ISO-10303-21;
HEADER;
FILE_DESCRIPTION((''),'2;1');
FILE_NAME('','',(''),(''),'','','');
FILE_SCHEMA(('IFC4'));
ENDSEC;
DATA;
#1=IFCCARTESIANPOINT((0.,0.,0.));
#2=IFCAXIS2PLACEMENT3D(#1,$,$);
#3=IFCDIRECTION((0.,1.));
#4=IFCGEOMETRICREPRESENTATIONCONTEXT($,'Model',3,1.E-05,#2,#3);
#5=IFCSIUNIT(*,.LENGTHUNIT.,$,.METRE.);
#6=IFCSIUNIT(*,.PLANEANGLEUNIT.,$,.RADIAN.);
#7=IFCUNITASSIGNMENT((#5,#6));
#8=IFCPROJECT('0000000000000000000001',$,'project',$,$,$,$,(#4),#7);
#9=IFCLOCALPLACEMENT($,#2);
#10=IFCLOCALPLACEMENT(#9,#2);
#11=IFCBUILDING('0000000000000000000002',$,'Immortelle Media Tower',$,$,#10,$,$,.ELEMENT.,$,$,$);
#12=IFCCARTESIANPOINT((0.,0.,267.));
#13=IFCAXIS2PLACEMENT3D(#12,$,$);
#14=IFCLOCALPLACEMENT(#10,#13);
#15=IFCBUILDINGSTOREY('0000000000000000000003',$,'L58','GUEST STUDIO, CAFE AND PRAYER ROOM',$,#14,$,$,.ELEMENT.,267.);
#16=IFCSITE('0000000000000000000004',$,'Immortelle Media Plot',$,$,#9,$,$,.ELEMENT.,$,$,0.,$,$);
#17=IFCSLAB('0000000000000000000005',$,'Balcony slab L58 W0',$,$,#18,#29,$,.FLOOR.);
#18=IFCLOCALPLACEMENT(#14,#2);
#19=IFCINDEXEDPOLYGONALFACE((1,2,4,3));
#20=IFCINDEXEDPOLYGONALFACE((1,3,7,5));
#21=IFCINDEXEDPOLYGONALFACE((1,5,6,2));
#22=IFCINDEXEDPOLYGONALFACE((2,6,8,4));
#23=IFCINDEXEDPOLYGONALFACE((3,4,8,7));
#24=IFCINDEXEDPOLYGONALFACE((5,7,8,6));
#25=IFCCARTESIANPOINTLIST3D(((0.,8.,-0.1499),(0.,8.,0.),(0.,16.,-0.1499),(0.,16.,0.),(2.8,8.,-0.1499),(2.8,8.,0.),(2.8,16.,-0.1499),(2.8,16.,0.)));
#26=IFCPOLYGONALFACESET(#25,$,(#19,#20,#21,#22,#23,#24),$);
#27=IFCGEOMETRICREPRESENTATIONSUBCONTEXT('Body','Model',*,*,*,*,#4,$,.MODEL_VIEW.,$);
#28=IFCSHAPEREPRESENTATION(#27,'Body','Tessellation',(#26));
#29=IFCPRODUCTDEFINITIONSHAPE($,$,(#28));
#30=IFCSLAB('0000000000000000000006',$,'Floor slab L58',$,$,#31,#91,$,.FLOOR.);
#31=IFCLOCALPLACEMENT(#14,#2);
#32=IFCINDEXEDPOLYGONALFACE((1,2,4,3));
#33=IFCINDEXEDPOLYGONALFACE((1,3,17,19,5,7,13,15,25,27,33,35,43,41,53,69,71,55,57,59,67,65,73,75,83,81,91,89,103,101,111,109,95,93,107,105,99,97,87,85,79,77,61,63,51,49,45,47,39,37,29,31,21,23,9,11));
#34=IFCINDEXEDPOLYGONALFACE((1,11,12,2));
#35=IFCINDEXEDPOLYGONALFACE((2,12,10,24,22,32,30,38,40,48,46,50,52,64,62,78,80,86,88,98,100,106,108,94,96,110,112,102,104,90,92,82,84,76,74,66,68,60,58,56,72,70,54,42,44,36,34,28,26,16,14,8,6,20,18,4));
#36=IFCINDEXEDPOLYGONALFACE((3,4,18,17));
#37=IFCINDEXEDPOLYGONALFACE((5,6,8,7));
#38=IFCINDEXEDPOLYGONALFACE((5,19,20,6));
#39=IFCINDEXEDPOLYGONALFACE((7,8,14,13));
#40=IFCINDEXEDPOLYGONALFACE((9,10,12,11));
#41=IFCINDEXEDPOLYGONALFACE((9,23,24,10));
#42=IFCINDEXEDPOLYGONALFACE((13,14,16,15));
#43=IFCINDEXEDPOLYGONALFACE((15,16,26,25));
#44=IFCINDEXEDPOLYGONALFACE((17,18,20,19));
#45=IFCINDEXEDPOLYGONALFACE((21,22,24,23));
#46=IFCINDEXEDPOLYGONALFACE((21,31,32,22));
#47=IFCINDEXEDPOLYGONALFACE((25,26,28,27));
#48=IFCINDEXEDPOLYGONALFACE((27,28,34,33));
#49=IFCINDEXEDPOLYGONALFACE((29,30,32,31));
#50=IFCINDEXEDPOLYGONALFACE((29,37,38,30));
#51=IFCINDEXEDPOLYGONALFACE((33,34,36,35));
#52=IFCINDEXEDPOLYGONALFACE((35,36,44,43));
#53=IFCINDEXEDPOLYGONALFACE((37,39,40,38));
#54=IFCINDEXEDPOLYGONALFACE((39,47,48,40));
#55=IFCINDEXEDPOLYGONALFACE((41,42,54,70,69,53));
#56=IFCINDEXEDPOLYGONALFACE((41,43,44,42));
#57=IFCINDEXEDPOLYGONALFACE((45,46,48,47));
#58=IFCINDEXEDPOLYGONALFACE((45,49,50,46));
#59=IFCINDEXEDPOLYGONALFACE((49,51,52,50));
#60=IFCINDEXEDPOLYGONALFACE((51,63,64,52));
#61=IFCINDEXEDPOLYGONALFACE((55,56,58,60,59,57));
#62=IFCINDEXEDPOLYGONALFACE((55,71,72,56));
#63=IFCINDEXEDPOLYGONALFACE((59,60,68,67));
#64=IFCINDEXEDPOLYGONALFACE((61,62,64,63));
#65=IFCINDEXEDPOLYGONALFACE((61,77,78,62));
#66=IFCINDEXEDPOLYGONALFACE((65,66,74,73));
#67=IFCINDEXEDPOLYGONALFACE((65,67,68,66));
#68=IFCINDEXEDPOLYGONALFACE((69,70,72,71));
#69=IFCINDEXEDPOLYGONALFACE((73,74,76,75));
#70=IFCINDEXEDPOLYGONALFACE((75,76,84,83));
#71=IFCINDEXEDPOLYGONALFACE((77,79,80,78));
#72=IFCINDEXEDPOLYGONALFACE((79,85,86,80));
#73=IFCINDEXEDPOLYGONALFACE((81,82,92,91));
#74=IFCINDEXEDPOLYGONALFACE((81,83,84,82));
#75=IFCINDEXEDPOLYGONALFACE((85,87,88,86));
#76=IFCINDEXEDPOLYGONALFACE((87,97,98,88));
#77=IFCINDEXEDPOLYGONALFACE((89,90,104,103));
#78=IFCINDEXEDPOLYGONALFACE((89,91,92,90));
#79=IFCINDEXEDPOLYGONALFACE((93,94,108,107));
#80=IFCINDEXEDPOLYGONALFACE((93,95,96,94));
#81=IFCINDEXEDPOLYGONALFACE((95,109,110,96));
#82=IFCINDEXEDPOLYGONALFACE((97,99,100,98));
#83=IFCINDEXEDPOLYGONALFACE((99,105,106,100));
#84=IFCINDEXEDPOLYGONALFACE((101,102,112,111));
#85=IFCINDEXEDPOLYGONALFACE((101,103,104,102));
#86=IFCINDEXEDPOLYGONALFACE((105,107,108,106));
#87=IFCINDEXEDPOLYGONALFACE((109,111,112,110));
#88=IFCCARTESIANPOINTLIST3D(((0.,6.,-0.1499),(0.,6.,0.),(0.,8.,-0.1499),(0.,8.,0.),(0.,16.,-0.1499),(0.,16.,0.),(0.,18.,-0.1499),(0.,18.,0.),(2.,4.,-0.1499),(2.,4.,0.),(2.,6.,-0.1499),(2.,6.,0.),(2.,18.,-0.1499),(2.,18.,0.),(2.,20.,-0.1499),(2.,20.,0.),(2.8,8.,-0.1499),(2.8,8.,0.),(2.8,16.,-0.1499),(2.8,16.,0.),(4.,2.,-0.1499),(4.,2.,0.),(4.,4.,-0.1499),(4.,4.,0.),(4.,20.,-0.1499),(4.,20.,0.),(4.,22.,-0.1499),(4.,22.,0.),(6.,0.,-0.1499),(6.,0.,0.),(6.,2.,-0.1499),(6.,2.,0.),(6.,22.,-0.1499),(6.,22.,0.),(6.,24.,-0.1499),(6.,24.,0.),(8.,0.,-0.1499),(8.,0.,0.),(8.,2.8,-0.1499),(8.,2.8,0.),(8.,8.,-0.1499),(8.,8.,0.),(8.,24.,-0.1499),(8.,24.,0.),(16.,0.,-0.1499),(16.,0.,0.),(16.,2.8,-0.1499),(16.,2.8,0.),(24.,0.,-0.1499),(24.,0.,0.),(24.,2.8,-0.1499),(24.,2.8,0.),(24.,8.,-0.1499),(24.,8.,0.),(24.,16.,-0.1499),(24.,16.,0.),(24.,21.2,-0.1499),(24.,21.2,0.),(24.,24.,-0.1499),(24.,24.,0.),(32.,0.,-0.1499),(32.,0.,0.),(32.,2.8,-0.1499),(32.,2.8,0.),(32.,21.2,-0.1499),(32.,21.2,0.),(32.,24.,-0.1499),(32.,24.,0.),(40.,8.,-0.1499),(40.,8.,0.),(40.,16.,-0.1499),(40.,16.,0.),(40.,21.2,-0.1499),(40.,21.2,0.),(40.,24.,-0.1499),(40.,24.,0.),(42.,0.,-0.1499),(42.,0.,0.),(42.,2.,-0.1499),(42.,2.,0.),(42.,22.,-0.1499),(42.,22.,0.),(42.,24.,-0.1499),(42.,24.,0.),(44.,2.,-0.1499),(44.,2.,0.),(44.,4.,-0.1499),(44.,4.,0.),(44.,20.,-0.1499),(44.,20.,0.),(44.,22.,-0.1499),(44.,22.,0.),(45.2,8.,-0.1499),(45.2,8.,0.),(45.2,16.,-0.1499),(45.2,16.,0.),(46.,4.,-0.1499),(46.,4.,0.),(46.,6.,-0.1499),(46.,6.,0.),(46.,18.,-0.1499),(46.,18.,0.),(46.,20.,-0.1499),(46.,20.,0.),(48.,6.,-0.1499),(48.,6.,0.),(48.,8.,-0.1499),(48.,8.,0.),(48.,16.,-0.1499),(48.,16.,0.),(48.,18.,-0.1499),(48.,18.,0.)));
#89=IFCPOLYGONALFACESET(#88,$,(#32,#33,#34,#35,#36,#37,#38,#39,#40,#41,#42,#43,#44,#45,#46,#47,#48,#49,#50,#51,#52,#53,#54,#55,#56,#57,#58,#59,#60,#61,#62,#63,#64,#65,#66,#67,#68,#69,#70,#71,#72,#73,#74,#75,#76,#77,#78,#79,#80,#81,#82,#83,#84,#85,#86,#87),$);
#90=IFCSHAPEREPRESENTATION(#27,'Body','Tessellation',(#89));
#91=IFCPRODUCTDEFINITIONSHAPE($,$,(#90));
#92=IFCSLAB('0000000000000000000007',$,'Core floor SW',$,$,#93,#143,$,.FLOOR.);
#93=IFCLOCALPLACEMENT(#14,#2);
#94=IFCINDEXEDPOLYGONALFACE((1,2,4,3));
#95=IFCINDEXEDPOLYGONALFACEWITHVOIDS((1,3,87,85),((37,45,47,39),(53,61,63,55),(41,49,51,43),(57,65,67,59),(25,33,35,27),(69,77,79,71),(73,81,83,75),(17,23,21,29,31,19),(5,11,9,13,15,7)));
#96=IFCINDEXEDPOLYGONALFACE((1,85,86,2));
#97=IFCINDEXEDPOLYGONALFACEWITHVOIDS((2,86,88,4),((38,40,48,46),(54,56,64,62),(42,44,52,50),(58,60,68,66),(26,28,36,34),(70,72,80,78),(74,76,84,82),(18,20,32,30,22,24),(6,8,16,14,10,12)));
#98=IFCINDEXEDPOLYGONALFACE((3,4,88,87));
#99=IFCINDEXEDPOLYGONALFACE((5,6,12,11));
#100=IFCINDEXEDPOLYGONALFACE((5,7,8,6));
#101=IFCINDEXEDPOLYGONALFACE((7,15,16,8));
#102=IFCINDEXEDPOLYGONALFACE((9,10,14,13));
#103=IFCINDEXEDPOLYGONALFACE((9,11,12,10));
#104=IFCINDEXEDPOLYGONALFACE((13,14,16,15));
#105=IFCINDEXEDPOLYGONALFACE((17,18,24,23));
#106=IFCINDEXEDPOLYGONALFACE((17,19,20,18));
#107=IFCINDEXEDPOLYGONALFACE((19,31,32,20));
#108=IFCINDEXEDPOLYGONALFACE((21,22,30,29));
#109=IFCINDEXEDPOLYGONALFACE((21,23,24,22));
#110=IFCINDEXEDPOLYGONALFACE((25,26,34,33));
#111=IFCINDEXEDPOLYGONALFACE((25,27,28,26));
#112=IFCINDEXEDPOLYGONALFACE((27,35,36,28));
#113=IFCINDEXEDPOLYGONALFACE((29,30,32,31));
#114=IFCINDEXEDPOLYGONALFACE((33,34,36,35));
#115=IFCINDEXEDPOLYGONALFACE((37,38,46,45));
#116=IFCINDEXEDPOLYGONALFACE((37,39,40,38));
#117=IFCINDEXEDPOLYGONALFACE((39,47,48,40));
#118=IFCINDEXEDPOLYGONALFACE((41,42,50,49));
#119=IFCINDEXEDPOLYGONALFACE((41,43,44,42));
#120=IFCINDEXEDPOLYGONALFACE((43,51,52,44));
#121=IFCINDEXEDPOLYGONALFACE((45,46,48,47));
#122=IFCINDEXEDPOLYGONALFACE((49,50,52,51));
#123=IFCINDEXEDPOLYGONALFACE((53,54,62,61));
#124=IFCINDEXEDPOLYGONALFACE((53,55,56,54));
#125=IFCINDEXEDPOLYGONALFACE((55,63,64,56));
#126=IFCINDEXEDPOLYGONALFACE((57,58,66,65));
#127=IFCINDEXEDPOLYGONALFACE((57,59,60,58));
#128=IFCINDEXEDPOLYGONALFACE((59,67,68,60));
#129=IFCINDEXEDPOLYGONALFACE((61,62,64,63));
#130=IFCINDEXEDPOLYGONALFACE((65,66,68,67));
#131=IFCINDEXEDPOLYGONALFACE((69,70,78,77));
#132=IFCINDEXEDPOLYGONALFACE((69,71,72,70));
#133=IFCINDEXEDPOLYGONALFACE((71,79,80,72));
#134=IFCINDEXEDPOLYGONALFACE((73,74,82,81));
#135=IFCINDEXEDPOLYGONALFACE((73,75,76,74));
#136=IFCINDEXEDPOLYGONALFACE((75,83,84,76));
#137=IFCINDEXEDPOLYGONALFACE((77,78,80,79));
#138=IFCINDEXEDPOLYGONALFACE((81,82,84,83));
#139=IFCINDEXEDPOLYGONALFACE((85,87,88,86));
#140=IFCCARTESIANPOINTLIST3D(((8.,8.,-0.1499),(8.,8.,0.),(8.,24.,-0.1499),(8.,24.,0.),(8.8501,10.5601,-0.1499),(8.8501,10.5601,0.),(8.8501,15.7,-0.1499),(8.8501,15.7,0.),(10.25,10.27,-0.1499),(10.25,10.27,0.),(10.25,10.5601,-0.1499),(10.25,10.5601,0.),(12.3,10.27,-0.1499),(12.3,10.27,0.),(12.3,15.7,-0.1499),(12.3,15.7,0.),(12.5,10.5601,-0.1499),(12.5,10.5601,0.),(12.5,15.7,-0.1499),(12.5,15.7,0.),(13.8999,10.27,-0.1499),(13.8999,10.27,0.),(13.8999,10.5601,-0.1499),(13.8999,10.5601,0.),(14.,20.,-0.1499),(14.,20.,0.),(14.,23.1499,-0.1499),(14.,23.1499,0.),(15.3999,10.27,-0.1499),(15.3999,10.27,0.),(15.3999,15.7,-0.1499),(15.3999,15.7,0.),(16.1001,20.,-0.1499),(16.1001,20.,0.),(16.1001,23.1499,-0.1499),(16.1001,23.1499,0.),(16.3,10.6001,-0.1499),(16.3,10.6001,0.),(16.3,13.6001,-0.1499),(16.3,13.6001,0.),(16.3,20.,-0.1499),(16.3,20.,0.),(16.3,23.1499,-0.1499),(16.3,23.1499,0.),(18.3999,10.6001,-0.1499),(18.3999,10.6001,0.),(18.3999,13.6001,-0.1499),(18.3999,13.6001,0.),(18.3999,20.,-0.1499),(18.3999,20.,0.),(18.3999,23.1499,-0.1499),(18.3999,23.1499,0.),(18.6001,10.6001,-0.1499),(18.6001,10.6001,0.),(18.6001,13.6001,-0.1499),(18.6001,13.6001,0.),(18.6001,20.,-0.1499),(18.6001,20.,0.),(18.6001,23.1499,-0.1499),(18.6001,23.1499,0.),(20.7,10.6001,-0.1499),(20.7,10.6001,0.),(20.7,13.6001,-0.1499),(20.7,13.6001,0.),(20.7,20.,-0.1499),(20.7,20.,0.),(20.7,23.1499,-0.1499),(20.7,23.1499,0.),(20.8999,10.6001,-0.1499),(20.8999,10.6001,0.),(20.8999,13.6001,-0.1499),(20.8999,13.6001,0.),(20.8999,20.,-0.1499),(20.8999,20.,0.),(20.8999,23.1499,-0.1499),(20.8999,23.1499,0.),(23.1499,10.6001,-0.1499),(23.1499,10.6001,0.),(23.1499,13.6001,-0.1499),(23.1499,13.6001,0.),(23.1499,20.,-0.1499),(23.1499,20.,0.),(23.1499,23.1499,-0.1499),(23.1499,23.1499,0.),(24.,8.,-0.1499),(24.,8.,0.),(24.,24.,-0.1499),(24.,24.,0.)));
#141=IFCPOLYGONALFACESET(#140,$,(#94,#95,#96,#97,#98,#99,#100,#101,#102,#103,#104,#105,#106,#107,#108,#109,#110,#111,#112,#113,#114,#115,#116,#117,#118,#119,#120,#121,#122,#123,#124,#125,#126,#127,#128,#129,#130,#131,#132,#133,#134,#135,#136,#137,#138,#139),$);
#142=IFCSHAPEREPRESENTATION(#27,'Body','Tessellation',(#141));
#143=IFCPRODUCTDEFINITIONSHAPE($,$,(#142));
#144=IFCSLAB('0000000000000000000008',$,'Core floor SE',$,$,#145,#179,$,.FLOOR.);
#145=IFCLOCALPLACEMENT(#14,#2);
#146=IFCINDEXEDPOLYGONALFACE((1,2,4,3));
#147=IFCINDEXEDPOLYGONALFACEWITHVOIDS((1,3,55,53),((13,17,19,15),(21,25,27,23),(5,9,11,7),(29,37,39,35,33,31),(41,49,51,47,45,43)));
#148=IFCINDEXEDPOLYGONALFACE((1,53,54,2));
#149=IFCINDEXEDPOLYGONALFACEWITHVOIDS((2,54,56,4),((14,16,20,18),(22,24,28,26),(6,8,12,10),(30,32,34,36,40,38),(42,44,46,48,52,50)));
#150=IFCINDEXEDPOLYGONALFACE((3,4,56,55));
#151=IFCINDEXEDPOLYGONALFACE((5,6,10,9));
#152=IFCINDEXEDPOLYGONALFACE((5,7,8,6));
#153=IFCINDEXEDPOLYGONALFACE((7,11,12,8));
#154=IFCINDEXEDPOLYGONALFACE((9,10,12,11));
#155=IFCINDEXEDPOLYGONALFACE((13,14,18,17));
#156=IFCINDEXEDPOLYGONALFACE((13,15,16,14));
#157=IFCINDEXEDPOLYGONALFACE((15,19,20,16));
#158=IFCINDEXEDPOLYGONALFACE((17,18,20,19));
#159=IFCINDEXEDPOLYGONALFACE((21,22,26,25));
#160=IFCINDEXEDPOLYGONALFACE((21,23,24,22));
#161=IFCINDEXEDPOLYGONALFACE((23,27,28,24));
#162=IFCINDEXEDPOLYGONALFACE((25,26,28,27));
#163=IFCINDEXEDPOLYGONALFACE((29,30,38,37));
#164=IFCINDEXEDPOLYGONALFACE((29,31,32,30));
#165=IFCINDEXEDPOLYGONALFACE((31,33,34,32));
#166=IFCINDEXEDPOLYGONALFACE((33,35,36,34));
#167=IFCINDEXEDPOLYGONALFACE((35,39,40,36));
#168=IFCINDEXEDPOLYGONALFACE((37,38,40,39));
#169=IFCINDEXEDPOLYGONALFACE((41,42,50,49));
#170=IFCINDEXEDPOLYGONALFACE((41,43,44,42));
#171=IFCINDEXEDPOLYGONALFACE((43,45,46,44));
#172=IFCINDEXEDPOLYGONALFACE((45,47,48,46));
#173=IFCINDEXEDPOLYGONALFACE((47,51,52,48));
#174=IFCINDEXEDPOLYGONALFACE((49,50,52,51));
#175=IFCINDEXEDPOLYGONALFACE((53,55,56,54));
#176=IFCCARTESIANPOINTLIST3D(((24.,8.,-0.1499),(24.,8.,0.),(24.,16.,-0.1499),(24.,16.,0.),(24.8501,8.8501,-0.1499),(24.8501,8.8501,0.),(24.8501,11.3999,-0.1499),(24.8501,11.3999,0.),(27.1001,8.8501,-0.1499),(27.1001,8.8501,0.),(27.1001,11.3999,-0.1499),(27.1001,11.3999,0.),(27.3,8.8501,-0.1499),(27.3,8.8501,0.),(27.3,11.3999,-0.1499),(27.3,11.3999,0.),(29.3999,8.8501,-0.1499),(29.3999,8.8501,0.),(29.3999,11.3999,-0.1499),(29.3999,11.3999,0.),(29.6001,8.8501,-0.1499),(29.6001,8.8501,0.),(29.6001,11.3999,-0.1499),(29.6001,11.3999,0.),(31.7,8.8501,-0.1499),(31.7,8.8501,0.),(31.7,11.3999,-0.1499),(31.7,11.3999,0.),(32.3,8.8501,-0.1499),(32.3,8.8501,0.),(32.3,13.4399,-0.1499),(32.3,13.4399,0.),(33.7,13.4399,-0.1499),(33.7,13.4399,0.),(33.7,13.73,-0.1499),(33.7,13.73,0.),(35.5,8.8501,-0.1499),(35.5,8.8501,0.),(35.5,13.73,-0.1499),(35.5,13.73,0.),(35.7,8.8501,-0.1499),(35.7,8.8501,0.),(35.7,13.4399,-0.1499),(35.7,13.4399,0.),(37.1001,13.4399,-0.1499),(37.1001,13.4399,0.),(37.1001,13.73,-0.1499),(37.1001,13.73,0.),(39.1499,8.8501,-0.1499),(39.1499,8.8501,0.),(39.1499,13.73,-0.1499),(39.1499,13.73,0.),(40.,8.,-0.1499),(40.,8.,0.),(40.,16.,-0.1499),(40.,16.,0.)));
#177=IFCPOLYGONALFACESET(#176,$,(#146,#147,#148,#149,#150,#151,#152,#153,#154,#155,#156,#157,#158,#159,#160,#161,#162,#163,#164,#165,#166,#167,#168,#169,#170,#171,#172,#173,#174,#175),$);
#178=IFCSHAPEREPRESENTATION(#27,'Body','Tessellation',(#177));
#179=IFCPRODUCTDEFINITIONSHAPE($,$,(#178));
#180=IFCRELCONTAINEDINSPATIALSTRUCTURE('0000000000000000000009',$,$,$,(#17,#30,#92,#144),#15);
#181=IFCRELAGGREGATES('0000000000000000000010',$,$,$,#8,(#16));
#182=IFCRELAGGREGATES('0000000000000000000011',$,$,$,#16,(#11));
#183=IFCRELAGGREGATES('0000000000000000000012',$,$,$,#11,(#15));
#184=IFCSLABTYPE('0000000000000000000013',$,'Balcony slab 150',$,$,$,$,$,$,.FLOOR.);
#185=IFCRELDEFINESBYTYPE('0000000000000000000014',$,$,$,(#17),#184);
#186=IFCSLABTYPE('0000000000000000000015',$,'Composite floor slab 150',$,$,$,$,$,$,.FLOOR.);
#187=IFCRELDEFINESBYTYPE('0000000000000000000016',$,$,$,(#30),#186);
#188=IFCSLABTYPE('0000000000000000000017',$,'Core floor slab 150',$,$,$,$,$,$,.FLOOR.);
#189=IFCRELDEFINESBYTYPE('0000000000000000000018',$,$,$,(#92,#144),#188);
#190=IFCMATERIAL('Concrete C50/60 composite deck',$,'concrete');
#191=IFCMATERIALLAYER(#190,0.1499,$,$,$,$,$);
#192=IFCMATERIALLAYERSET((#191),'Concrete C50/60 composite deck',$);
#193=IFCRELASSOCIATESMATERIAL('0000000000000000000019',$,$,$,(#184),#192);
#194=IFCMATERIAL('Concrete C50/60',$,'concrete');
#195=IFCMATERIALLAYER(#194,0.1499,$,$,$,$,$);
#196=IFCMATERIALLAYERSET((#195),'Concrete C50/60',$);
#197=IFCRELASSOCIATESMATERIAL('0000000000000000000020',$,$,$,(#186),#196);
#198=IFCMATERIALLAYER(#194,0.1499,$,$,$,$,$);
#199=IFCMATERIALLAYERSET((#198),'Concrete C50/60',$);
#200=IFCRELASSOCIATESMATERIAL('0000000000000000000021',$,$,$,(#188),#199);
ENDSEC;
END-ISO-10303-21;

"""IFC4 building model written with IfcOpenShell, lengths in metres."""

from ifc_helpers import new_model, si_unit, direction, frame, origin, place, context, subcontext, project, spatial, polyline, outline, extrude, material, layer, layer_set, type_object, element, save


model = new_model("IFC4")

# Units and contexts
model_context = context("Model", 3, precision=1e-05, world=origin(), true_north=direction((0.0, 1.0)))
body_context = subcontext(model_context, "Body", "Model", "MODEL_VIEW")
ifc_project = project(units=[si_unit("LENGTHUNIT", "METRE"), si_unit("PLANEANGLEUNIT", "RADIAN")], contexts=[model_context])

# Site, building, storey
site_placement = place(None, origin())
site = spatial("IfcSite", under=ifc_project, at=site_placement, Name="Immortelle Media Plot", CompositionType="ELEMENT", RefElevation=0.0)
building_placement = place(site_placement, origin())
building = spatial("IfcBuilding", under=site, at=building_placement, Name="Immortelle Media Tower", CompositionType="ELEMENT")
storey_placement = place(building_placement, frame((0.0, 0.0, 267.0)))
storey = spatial("IfcBuildingStorey", under=building, at=storey_placement, Name="L58", Description="GUEST STUDIO, CAFE AND PRAYER ROOM", CompositionType="ELEMENT", Elevation=267.0)

# Slabs
ifc_material_1 = material(Name="Concrete C50/60 composite deck", Category="concrete")
ifc_layer_1 = layer(ifc_material_1, 0.1499)
ifc_layer_set_1 = layer_set([ifc_layer_1], Name="Concrete C50/60 composite deck")
slab_type_1 = type_object("IfcSlabType", Name="Balcony slab 150", PredefinedType="FLOOR", material=ifc_layer_set_1)
slab_1_placement = place(storey_placement, frame((0.0, 0.0, -0.1499)))
element("IfcSlab", 1, at=slab_1_placement, inside=storey, type_object=slab_type_1, Name="Balcony slab L58 W0", PredefinedType="FLOOR", context=body_context, shape_type="SweptSolid", body=[
    extrude(outline(polyline([(2.8, 8.0), (2.8, 16.0), (0.0, 16.0), (0.0, 8.0), (2.8, 8.0)])), origin(), (0.0, 0.0, 1.0), 0.1499),
])
ifc_material_2 = material(Name="Concrete C50/60", Category="concrete")
ifc_layer_2 = layer(ifc_material_2, 0.1499)
ifc_layer_set_2 = layer_set([ifc_layer_2], Name="Concrete C50/60")
slab_type_2 = type_object("IfcSlabType", Name="Composite floor slab 150", PredefinedType="FLOOR", material=ifc_layer_set_2)
slab_2_placement = place(storey_placement, frame((0.0, 0.0, -0.1499)))
element("IfcSlab", 2, at=slab_2_placement, inside=storey, type_object=slab_type_2, Name="Floor slab L58", PredefinedType="FLOOR", context=body_context, shape_type="SweptSolid", body=[
    extrude(outline(polyline([(6.0, 0.0), (6.0, 2.0), (4.0, 2.0), (4.0, 4.0), (2.0, 4.0), (2.0, 6.0), (0.0, 6.0), (0.0, 8.0), (2.8, 8.0), (2.8, 16.0), (0.0, 16.0), (0.0, 18.0), (2.0, 18.0), (2.0, 20.0), (4.0, 20.0), (4.0, 22.0), (6.0, 22.0), (6.0, 24.0), (8.0, 24.0), (8.0, 8.0), (24.0, 8.0), (40.0, 8.0), (40.0, 16.0), (24.0, 16.0), (24.0, 21.2), (24.0, 24.0), (32.0, 24.0), (32.0, 21.2), (40.0, 21.2), (40.0, 24.0), (42.0, 24.0), (42.0, 22.0), (44.0, 22.0), (44.0, 20.0), (46.0, 20.0), (46.0, 18.0), (48.0, 18.0), (48.0, 16.0), (45.2, 16.0), (45.2, 8.0), (48.0, 8.0), (48.0, 6.0), (46.0, 6.0), (46.0, 4.0), (44.0, 4.0), (44.0, 2.0), (42.0, 2.0), (42.0, 0.0), (32.0, 0.0), (32.0, 2.8), (24.0, 2.8), (24.0, 0.0), (16.0, 0.0), (16.0, 2.8), (8.0, 2.8), (8.0, 0.0), (6.0, 0.0)])), origin(), (0.0, 0.0, 1.0), 0.1499),
])
ifc_layer_3 = layer(ifc_material_2, 0.1499)
ifc_layer_set_3 = layer_set([ifc_layer_3], Name="Concrete C50/60")
slab_type_3 = type_object("IfcSlabType", Name="Core floor slab 150", PredefinedType="FLOOR", material=ifc_layer_set_3)
slab_3_placement = place(storey_placement, frame((0.0, 0.0, -0.1499)))
element("IfcSlab", 3, at=slab_3_placement, inside=storey, type_object=slab_type_3, Name="Core floor SW", PredefinedType="FLOOR", context=body_context, shape_type="SweptSolid", body=[
    extrude(outline(polyline([(8.0, 8.0), (24.0, 8.0), (24.0, 24.0), (8.0, 24.0), (8.0, 8.0)]), holes=[polyline([(14.0, 20.0), (16.1001, 20.0), (16.1001, 23.1499), (14.0, 23.1499), (14.0, 20.0)]), polyline([(16.3, 20.0), (18.3999, 20.0), (18.3999, 23.1499), (16.3, 23.1499), (16.3, 20.0)]), polyline([(18.6001, 20.0), (20.7, 20.0), (20.7, 23.1499), (18.6001, 23.1499), (18.6001, 20.0)]), polyline([(20.8999, 20.0), (23.1499, 20.0), (23.1499, 23.1499), (20.8999, 23.1499), (20.8999, 20.0)]), polyline([(16.3, 10.6001), (18.3999, 10.6001), (18.3999, 13.6001), (16.3, 13.6001), (16.3, 10.6001)]), polyline([(18.6001, 10.6001), (20.7, 10.6001), (20.7, 13.6001), (18.6001, 13.6001), (18.6001, 10.6001)]), polyline([(20.8999, 10.6001), (23.1499, 10.6001), (23.1499, 13.6001), (20.8999, 13.6001), (20.8999, 10.6001)]), polyline([(8.8501, 15.7), (12.3, 15.7), (12.3, 10.27), (10.25, 10.27), (10.25, 10.5601), (8.8501, 10.5601), (8.8501, 15.7)]), polyline([(12.5, 15.7), (15.3999, 15.7), (15.3999, 10.27), (13.8999, 10.27), (13.8999, 10.5601), (12.5, 10.5601), (12.5, 15.7)])]), origin(), (0.0, 0.0, 1.0), 0.1499),
])
slab_4_placement = place(storey_placement, frame((0.0, 0.0, -0.1499)))
element("IfcSlab", 4, at=slab_4_placement, inside=storey, type_object=slab_type_3, Name="Core floor SE", PredefinedType="FLOOR", context=body_context, shape_type="SweptSolid", body=[
    extrude(outline(polyline([(24.0, 8.0), (40.0, 8.0), (40.0, 16.0), (24.0, 16.0), (24.0, 8.0)]), holes=[polyline([(24.8501, 8.8501), (27.1001, 8.8501), (27.1001, 11.3999), (24.8501, 11.3999), (24.8501, 8.8501)]), polyline([(27.3, 8.8501), (29.3999, 8.8501), (29.3999, 11.3999), (27.3, 11.3999), (27.3, 8.8501)]), polyline([(29.6001, 8.8501), (31.7, 8.8501), (31.7, 11.3999), (29.6001, 11.3999), (29.6001, 8.8501)]), polyline([(35.5, 13.73), (35.5, 8.8501), (32.3, 8.8501), (32.3, 13.4399), (33.7, 13.4399), (33.7, 13.73), (35.5, 13.73)]), polyline([(39.1499, 13.73), (39.1499, 8.8501), (35.7, 8.8501), (35.7, 13.4399), (37.1001, 13.4399), (37.1001, 13.73), (39.1499, 13.73)])]), origin(), (0.0, 0.0, 1.0), 0.1499),
])

save(model, "model.ifc")
